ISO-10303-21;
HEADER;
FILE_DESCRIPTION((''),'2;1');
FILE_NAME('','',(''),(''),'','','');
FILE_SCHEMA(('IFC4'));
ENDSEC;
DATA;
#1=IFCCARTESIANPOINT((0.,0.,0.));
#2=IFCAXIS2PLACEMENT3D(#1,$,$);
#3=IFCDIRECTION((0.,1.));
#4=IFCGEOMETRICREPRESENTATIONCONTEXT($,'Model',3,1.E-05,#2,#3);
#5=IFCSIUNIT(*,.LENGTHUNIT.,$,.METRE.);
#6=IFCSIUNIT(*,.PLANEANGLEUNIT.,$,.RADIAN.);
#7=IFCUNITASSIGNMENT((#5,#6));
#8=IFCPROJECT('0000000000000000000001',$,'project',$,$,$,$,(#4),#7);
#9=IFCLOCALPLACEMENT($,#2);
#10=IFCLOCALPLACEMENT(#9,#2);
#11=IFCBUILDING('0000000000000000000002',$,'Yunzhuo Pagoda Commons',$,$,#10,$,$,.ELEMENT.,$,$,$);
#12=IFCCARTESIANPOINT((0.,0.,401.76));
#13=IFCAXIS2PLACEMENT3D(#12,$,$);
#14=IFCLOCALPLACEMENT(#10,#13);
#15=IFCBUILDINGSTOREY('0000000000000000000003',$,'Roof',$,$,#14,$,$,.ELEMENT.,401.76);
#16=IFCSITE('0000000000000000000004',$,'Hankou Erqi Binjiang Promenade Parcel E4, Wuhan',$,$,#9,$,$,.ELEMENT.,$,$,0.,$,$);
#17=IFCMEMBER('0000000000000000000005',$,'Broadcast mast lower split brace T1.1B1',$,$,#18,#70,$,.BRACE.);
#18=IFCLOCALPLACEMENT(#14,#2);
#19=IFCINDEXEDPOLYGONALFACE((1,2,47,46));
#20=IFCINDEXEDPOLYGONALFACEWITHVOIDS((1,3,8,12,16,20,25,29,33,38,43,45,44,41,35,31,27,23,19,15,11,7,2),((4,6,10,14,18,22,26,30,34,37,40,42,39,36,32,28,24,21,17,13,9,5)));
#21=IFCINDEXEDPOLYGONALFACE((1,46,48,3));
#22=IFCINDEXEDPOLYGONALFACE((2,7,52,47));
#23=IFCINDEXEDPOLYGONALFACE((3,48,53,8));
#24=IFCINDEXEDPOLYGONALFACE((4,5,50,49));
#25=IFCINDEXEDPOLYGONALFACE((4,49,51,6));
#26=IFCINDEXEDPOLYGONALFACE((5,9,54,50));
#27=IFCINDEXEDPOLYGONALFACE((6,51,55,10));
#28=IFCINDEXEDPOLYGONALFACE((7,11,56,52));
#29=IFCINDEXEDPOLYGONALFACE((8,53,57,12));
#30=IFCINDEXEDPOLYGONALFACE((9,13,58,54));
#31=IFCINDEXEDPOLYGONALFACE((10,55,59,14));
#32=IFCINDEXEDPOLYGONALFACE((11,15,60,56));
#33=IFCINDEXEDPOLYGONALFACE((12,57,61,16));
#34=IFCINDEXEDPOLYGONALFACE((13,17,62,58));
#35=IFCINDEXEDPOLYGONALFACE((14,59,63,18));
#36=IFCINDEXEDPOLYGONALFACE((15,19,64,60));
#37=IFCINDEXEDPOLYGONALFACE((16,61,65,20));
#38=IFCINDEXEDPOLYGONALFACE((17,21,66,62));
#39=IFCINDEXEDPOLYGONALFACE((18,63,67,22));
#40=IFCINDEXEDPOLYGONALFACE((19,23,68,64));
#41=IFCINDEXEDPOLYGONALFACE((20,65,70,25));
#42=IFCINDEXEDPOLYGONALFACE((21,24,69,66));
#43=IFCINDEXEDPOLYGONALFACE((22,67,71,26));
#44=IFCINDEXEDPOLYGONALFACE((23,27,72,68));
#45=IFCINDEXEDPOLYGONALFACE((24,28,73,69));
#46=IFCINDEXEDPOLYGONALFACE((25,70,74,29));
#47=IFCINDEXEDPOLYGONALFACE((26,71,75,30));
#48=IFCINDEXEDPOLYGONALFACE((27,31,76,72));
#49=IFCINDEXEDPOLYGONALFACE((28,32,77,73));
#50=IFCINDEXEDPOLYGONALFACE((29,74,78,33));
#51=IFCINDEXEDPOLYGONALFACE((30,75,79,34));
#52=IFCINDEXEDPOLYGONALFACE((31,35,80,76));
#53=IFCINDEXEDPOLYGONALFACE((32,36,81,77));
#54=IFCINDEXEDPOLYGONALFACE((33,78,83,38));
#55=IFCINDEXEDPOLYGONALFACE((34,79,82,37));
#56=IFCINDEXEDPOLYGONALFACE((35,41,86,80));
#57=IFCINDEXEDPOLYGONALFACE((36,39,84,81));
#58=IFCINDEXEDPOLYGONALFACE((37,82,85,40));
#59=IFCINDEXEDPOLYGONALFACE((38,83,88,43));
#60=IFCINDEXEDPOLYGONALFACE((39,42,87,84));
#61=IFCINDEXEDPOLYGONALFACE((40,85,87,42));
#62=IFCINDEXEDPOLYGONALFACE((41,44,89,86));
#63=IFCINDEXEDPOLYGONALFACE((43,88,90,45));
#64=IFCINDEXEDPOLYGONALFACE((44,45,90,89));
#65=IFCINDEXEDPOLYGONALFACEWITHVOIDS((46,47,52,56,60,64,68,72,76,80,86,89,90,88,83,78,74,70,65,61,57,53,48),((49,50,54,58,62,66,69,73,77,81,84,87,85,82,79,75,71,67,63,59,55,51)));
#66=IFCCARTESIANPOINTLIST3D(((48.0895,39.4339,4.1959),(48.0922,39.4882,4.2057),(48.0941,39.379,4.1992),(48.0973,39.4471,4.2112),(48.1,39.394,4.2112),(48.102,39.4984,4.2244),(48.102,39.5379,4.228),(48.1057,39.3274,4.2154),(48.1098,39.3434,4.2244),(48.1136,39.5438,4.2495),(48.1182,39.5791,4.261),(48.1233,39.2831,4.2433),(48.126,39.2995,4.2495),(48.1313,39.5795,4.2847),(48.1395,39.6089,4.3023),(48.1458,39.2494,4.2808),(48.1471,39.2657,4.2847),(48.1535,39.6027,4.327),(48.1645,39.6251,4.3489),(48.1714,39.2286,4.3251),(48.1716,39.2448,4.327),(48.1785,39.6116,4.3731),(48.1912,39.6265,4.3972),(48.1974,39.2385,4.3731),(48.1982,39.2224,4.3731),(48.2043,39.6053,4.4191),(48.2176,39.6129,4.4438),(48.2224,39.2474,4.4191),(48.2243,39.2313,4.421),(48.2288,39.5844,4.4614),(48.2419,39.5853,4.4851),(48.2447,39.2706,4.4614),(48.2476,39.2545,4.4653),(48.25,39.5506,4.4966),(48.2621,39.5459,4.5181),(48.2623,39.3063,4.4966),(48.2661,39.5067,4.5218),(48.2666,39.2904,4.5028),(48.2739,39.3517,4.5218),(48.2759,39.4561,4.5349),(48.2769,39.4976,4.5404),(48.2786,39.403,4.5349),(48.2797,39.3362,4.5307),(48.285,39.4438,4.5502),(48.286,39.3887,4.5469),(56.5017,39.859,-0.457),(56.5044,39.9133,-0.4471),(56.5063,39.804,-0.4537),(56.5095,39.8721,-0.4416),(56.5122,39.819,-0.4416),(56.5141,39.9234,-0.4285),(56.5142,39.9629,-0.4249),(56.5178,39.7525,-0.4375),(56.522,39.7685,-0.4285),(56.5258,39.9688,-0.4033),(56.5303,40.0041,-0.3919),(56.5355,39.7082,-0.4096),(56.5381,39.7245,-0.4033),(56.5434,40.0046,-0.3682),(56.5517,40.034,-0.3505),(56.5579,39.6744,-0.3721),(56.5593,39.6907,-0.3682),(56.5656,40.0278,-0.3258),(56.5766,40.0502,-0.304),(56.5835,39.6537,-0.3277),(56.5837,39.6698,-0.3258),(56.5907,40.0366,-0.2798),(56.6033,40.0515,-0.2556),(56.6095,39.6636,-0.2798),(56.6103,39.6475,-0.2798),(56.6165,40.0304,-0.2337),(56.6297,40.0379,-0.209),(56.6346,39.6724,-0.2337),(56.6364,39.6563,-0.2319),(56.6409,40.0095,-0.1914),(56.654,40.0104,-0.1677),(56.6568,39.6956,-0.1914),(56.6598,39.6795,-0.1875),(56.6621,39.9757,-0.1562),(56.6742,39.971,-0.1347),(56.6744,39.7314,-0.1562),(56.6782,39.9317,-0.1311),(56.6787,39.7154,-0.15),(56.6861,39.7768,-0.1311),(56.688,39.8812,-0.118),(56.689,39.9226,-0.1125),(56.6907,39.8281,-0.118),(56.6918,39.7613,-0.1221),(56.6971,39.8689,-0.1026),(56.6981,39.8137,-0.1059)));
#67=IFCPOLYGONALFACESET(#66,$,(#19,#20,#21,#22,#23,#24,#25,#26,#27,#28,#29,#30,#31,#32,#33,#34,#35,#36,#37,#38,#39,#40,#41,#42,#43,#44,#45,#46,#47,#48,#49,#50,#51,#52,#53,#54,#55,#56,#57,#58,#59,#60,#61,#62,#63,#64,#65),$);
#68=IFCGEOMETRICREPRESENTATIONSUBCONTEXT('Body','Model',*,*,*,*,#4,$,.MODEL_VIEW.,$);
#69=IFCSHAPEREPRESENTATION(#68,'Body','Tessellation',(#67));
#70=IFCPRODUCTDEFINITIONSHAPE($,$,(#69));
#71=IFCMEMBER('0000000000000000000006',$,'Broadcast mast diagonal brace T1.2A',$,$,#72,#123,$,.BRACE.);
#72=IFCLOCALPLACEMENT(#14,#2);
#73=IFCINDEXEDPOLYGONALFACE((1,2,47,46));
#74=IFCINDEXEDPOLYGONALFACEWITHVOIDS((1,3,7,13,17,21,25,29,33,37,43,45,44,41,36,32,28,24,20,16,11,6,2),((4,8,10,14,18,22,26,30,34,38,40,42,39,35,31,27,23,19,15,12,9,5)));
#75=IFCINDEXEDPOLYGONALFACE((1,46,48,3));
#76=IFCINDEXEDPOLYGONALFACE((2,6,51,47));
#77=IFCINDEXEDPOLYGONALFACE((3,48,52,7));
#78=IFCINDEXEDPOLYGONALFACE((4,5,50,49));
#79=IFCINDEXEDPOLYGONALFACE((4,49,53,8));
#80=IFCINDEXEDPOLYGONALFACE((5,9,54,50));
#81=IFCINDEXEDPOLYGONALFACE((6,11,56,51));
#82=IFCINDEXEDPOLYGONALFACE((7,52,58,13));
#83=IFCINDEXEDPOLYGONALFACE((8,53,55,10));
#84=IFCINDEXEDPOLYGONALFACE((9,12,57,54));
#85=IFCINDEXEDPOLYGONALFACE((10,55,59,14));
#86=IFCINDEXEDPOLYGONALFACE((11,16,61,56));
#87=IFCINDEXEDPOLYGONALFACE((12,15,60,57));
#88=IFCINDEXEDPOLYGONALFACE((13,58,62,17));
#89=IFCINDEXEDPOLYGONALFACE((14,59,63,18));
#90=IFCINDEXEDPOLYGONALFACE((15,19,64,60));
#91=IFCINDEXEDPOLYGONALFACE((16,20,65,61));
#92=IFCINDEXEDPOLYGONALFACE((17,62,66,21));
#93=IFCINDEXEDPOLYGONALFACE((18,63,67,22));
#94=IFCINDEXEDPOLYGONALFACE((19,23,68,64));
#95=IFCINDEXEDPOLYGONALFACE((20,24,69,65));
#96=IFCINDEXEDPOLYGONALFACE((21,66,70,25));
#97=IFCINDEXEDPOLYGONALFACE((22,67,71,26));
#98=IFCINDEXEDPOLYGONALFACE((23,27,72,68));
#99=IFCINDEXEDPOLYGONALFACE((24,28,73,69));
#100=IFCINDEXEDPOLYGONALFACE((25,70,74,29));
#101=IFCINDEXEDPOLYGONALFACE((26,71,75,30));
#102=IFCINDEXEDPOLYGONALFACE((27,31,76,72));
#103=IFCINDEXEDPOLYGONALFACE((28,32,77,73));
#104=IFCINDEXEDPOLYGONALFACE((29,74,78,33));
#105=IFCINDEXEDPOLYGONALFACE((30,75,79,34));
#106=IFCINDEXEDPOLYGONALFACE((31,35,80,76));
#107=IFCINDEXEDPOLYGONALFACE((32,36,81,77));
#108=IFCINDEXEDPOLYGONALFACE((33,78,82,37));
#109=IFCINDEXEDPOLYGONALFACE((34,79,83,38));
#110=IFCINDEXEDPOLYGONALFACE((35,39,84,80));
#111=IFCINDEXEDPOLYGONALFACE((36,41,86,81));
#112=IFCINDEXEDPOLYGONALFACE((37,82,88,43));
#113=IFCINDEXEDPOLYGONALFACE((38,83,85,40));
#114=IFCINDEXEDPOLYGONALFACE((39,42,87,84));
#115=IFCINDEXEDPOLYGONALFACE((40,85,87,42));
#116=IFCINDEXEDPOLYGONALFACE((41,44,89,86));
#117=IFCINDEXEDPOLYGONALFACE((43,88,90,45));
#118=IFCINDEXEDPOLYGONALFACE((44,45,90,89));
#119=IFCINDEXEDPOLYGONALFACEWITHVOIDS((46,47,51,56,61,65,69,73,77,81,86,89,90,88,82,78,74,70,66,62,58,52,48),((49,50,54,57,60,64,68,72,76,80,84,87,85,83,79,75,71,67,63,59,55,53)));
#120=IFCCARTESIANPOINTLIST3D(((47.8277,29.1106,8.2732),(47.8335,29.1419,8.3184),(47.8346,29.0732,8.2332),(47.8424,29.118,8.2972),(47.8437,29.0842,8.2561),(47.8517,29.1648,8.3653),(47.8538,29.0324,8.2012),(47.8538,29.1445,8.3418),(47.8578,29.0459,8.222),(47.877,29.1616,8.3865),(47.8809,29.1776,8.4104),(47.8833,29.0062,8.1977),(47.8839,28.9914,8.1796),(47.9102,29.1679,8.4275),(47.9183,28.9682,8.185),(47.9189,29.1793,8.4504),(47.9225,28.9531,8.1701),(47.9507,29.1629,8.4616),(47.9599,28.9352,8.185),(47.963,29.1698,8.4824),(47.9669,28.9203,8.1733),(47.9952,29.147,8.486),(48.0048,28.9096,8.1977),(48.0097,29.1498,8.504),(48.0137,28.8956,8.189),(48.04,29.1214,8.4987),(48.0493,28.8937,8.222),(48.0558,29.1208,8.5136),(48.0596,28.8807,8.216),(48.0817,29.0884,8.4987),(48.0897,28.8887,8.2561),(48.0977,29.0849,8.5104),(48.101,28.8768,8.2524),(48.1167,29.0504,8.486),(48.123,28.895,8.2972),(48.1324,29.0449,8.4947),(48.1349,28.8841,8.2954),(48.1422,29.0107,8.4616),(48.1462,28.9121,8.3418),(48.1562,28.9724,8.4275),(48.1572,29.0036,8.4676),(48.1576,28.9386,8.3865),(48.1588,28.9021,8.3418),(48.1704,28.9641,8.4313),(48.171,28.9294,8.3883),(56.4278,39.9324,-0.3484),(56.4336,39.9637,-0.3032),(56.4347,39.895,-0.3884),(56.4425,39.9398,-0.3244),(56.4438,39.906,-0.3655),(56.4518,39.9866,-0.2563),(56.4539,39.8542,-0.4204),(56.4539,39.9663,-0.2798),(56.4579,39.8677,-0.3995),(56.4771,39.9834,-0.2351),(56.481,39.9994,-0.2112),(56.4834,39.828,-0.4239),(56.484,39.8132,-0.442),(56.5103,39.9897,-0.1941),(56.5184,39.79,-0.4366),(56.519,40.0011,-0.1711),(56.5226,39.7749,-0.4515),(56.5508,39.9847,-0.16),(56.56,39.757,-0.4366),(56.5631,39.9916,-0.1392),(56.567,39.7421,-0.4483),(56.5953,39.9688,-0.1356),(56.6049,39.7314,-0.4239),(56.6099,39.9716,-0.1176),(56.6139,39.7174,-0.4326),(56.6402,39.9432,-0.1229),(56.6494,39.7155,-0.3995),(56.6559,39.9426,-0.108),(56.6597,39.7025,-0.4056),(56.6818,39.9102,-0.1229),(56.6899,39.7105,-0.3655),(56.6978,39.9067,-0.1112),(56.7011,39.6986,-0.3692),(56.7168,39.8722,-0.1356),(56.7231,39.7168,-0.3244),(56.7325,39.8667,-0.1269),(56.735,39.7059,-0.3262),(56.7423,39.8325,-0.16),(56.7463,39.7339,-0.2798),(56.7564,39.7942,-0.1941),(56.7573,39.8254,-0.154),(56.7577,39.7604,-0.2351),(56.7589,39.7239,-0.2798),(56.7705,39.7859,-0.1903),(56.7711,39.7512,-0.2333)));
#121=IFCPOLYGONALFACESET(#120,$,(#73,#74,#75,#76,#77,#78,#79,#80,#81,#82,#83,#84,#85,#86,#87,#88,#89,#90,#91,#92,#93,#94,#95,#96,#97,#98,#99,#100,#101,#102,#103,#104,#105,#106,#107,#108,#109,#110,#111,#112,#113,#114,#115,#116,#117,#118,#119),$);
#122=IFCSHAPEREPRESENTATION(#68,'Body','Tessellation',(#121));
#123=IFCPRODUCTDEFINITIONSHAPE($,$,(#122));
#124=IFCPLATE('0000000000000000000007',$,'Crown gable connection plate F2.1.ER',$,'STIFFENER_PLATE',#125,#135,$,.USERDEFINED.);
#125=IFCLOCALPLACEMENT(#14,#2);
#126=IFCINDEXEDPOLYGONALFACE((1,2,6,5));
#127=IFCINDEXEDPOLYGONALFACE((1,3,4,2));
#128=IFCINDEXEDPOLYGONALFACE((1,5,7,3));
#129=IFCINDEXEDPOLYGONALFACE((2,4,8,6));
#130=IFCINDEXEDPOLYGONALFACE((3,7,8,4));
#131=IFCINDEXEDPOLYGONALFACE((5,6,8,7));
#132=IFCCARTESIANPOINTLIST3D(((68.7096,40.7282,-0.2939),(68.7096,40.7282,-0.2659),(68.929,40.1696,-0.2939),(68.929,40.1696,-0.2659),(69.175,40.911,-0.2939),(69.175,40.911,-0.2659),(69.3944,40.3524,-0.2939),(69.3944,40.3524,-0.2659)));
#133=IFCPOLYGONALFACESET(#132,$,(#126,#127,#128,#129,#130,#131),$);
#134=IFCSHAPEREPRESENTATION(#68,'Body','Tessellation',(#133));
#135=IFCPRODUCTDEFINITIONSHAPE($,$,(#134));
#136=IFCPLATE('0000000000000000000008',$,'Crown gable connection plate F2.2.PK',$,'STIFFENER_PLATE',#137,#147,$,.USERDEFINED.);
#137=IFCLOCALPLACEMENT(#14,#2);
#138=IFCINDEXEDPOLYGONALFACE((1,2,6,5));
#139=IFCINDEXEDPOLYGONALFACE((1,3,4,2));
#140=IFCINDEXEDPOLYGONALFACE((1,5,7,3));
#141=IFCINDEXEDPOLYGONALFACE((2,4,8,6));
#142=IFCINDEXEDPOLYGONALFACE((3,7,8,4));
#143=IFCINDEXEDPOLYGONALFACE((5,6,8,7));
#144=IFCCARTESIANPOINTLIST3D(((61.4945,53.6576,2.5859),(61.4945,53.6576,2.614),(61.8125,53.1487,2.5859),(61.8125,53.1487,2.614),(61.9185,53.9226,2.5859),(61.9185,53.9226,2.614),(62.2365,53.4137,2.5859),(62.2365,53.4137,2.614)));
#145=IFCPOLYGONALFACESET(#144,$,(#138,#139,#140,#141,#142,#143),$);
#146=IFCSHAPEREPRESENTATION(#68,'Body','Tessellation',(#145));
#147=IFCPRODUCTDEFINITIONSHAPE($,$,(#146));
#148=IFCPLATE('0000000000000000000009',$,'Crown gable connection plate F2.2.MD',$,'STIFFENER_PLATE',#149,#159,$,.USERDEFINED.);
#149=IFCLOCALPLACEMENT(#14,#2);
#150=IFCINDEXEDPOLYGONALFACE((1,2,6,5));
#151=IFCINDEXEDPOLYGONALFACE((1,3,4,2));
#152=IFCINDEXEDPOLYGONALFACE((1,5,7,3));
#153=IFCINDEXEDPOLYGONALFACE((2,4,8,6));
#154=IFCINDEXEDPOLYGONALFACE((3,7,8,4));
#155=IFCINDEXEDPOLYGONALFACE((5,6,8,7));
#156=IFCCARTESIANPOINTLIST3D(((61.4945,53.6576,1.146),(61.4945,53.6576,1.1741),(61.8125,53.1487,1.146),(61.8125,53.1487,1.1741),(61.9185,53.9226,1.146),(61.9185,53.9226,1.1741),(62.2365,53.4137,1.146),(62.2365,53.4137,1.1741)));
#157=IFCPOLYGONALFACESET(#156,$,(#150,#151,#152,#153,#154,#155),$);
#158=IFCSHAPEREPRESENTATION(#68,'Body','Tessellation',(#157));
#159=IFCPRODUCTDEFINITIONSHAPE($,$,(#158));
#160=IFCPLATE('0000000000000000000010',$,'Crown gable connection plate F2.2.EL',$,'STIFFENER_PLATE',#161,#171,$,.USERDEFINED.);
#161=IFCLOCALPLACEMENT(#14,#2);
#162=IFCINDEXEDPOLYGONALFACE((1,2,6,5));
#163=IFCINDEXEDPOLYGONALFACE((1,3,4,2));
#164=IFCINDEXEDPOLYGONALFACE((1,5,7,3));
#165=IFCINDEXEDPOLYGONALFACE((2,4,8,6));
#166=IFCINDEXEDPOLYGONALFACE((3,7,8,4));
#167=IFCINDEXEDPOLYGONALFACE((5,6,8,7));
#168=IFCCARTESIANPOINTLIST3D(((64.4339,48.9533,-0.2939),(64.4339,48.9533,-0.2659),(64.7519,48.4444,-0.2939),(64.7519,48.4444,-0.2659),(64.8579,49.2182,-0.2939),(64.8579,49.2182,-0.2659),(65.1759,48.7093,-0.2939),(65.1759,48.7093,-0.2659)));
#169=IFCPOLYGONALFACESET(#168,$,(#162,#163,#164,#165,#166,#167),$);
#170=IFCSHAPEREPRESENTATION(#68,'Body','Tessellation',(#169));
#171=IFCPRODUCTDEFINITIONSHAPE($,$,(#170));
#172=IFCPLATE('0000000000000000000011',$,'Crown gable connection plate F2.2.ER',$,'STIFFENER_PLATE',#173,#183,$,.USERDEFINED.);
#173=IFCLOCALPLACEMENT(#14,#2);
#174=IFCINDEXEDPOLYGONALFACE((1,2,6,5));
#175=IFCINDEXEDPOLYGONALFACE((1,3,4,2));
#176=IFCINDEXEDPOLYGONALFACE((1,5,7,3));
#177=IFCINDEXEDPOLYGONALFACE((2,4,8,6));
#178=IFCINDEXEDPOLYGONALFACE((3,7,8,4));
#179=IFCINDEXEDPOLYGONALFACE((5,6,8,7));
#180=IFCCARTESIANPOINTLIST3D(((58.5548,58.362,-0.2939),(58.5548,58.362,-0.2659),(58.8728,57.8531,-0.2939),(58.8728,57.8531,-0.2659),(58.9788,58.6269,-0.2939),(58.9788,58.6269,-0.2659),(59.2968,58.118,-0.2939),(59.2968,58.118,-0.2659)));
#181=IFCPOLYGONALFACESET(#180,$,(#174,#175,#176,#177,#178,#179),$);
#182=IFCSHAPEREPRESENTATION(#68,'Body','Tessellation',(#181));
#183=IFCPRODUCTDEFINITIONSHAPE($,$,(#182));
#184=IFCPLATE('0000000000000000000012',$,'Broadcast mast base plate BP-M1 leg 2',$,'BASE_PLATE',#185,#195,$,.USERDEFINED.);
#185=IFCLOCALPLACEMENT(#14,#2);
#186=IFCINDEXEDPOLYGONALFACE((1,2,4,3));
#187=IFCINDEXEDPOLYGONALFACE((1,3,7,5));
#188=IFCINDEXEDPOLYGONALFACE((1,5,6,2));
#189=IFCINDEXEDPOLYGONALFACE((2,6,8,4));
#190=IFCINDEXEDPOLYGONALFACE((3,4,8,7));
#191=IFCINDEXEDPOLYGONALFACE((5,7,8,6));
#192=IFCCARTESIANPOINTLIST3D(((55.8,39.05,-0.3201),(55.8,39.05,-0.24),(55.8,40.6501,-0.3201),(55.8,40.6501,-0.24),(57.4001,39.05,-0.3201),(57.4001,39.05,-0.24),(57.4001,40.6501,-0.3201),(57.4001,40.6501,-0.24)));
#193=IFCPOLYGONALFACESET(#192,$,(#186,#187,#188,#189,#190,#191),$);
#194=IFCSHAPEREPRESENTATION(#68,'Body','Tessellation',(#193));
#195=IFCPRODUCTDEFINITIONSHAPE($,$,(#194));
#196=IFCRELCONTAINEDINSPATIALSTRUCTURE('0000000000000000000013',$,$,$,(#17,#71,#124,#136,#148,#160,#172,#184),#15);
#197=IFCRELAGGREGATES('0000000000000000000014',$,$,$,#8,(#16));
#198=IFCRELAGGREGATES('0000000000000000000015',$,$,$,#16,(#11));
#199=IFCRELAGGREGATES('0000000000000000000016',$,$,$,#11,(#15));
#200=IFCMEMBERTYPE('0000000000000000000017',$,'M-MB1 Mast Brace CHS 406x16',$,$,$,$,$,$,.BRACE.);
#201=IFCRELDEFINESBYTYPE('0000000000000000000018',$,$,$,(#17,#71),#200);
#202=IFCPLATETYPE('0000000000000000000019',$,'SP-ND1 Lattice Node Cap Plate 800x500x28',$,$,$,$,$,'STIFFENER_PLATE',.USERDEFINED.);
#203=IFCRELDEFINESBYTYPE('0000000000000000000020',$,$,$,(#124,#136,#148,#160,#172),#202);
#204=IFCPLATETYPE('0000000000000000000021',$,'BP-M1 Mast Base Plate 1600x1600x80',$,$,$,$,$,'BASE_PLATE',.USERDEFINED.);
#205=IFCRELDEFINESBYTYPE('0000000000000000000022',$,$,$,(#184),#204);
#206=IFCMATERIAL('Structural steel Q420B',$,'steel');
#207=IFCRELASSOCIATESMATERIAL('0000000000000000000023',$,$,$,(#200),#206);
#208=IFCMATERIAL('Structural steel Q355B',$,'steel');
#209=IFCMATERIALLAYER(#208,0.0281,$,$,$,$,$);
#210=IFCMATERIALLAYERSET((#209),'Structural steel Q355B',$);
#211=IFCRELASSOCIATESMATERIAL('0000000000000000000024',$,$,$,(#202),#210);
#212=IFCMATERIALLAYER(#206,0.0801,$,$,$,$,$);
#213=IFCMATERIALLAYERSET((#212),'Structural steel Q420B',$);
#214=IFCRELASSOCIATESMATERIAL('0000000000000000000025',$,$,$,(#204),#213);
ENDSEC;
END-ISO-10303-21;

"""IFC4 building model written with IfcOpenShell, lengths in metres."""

from ifc_helpers import new_model, si_unit, direction, frame, origin, origin_2d, place, context, subcontext, project, spatial, rectangle, hollow_circle, extrude, source, transform, mapped, material, layer, layer_set, material_profile, profile_set, type_object, element, save


model = new_model("IFC4")

# Units and contexts
model_context = context("Model", 3, precision=1e-05, world=origin(), true_north=direction((0.0, 1.0)))
body_context = subcontext(model_context, "Body", "Model", "MODEL_VIEW")
ifc_project = project(units=[si_unit("LENGTHUNIT", "METRE"), si_unit("PLANEANGLEUNIT", "RADIAN")], contexts=[model_context])

# Site, building, storey
site_placement = place(None, origin())
site = spatial("IfcSite", under=ifc_project, at=site_placement, Name="Hankou Erqi Binjiang Promenade Parcel E4, Wuhan", CompositionType="ELEMENT", RefElevation=0.0)
building_placement = place(site_placement, origin())
building = spatial("IfcBuilding", under=site, at=building_placement, Name="Yunzhuo Pagoda Commons", CompositionType="ELEMENT")
storey_placement = place(building_placement, frame((0.0, 0.0, 401.76)))
storey = spatial("IfcBuildingStorey", under=building, at=storey_placement, Name="Roof", CompositionType="ELEMENT", Elevation=401.76)

# Shared definitions
ifc_material_1 = material(Name="Structural steel Q355B", Category="steel")

# Members
ifc_material_2 = material(Name="Structural steel Q420B", Category="steel")
ifc_material_profile_1 = material_profile(ifc_material_2, hollow_circle(Radius=0.2029, WallThickness=0.0161, at=origin_2d()), Name="Structural steel Q420B")
ifc_profile_set_1 = profile_set([ifc_material_profile_1], Name="Structural steel Q420B")
member_type_1 = type_object("IfcMemberType", Name="M-MB1 Mast Brace CHS 406x16", PredefinedType="BRACE", material=ifc_profile_set_1)
shared_shape_1 = source(origin(), body_context, "Body", "SweptSolid", [
    extrude(hollow_circle(Radius=0.2029, WallThickness=0.0161, at=origin_2d()), origin(), (0.0, 0.0, 1.0), 9.6226),
])
member_1_placement = place(storey_placement, frame((56.6001, 39.8501, -0.2798), z_axis=(-0.87421, -0.044172, 0.483535), x_axis=(0.050464, -0.998726, 0.0)))
element("IfcMember", 1, at=member_1_placement, inside=storey, type_object=member_type_1, Name="Broadcast mast lower split brace T1.1B1", PredefinedType="BRACE", context=body_context, shape_type="MappedRepresentation", body=[
    mapped(shared_shape_1, transform((0.0, 0.0, 0.0), scale=1.0)),
])
shared_shape_2 = source(origin(), body_context, "Body", "SweptSolid", [
    extrude(hollow_circle(Radius=0.2029, WallThickness=0.0161, at=origin_2d()), origin(), (0.0, 0.0, 1.0), 16.2913),
])
member_2_placement = place(storey_placement, frame((56.6001, 39.8501, -0.2798), z_axis=(-0.527897, -0.66427, 0.529216), x_axis=(0.782888, -0.622163, 0.0)))
element("IfcMember", 2, at=member_2_placement, inside=storey, type_object=member_type_1, Name="Broadcast mast diagonal brace T1.2A", PredefinedType="BRACE", context=body_context, shape_type="MappedRepresentation", body=[
    mapped(shared_shape_2, transform((0.0, 0.0, 0.0), scale=1.0)),
])

# Plates
ifc_layer_1 = layer(ifc_material_1, 0.0281)
ifc_layer_set_1 = layer_set([ifc_layer_1], Name="Structural steel Q355B")
plate_type_1 = type_object("IfcPlateType", Name="SP-ND1 Lattice Node Cap Plate 800x500x28", ElementType="STIFFENER_PLATE", PredefinedType="USERDEFINED", material=ifc_layer_set_1)
shared_shape_3 = source(origin(), body_context, "Body", "SweptSolid", [
    extrude(rectangle(XDim=0.6001, YDim=0.5, at=origin_2d()), origin(), (0.0, 0.0, 1.0), 0.0281),
])
for number, where, z_axis, x_axis, name in (
    (3, (69.052, 40.5403, -0.2939), (0.0, 0.0, 1.0), (-0.365527, 0.930801, 0.0), "Crown gable connection plate F2.1.ER"),
    (4, (61.8655, 53.5356, 2.5859), (0.0, 0.0, 1.0), (-0.529904, 0.848057, 0.0), "Crown gable connection plate F2.2.PK"),
    (5, (61.8655, 53.5356, 1.146), (0.0, 0.0, 1.0), (-0.529904, 0.848057, 0.0), "Crown gable connection plate F2.2.MD"),
    (6, (64.8049, 48.8313, -0.2939), (0.0, 0.0, 1.0), (-0.529904, 0.848057, 0.0), "Crown gable connection plate F2.2.EL"),
    (7, (58.9258, 58.24, -0.2939), (0.0, 0.0, 1.0), (-0.529904, 0.848057, 0.0), "Crown gable connection plate F2.2.ER"),
):
    element("IfcPlate", number, at=place(storey_placement, frame(where, z_axis=z_axis, x_axis=x_axis)), inside=storey, type_object=plate_type_1, Name=name, ObjectType="STIFFENER_PLATE", PredefinedType="USERDEFINED", context=body_context, shape_type="MappedRepresentation", body=[
        mapped(shared_shape_3, transform((0.0, 0.0, 0.0), scale=1.0)),
    ])
ifc_layer_2 = layer(ifc_material_2, 0.0801)
ifc_layer_set_2 = layer_set([ifc_layer_2], Name="Structural steel Q420B")
plate_type_2 = type_object("IfcPlateType", Name="BP-M1 Mast Base Plate 1600x1600x80", ElementType="BASE_PLATE", PredefinedType="USERDEFINED", material=ifc_layer_set_2)
shared_shape_4 = source(origin(), body_context, "Body", "SweptSolid", [
    extrude(rectangle(XDim=1.6001, YDim=1.6001, at=origin_2d()), origin(), (0.0, 0.0, 1.0), 0.0801),
])
plate_placement = place(storey_placement, frame((56.6001, 39.8501, -0.3201), z_axis=(0.0, 0.0, 1.0), x_axis=(1.0, 0.0, 0.0)))
element("IfcPlate", 8, at=plate_placement, inside=storey, type_object=plate_type_2, Name="Broadcast mast base plate BP-M1 leg 2", ObjectType="BASE_PLATE", PredefinedType="USERDEFINED", context=body_context, shape_type="MappedRepresentation", body=[
    mapped(shared_shape_4, transform((0.0, 0.0, 0.0), scale=1.0)),
])

save(model, "model.ifc")
